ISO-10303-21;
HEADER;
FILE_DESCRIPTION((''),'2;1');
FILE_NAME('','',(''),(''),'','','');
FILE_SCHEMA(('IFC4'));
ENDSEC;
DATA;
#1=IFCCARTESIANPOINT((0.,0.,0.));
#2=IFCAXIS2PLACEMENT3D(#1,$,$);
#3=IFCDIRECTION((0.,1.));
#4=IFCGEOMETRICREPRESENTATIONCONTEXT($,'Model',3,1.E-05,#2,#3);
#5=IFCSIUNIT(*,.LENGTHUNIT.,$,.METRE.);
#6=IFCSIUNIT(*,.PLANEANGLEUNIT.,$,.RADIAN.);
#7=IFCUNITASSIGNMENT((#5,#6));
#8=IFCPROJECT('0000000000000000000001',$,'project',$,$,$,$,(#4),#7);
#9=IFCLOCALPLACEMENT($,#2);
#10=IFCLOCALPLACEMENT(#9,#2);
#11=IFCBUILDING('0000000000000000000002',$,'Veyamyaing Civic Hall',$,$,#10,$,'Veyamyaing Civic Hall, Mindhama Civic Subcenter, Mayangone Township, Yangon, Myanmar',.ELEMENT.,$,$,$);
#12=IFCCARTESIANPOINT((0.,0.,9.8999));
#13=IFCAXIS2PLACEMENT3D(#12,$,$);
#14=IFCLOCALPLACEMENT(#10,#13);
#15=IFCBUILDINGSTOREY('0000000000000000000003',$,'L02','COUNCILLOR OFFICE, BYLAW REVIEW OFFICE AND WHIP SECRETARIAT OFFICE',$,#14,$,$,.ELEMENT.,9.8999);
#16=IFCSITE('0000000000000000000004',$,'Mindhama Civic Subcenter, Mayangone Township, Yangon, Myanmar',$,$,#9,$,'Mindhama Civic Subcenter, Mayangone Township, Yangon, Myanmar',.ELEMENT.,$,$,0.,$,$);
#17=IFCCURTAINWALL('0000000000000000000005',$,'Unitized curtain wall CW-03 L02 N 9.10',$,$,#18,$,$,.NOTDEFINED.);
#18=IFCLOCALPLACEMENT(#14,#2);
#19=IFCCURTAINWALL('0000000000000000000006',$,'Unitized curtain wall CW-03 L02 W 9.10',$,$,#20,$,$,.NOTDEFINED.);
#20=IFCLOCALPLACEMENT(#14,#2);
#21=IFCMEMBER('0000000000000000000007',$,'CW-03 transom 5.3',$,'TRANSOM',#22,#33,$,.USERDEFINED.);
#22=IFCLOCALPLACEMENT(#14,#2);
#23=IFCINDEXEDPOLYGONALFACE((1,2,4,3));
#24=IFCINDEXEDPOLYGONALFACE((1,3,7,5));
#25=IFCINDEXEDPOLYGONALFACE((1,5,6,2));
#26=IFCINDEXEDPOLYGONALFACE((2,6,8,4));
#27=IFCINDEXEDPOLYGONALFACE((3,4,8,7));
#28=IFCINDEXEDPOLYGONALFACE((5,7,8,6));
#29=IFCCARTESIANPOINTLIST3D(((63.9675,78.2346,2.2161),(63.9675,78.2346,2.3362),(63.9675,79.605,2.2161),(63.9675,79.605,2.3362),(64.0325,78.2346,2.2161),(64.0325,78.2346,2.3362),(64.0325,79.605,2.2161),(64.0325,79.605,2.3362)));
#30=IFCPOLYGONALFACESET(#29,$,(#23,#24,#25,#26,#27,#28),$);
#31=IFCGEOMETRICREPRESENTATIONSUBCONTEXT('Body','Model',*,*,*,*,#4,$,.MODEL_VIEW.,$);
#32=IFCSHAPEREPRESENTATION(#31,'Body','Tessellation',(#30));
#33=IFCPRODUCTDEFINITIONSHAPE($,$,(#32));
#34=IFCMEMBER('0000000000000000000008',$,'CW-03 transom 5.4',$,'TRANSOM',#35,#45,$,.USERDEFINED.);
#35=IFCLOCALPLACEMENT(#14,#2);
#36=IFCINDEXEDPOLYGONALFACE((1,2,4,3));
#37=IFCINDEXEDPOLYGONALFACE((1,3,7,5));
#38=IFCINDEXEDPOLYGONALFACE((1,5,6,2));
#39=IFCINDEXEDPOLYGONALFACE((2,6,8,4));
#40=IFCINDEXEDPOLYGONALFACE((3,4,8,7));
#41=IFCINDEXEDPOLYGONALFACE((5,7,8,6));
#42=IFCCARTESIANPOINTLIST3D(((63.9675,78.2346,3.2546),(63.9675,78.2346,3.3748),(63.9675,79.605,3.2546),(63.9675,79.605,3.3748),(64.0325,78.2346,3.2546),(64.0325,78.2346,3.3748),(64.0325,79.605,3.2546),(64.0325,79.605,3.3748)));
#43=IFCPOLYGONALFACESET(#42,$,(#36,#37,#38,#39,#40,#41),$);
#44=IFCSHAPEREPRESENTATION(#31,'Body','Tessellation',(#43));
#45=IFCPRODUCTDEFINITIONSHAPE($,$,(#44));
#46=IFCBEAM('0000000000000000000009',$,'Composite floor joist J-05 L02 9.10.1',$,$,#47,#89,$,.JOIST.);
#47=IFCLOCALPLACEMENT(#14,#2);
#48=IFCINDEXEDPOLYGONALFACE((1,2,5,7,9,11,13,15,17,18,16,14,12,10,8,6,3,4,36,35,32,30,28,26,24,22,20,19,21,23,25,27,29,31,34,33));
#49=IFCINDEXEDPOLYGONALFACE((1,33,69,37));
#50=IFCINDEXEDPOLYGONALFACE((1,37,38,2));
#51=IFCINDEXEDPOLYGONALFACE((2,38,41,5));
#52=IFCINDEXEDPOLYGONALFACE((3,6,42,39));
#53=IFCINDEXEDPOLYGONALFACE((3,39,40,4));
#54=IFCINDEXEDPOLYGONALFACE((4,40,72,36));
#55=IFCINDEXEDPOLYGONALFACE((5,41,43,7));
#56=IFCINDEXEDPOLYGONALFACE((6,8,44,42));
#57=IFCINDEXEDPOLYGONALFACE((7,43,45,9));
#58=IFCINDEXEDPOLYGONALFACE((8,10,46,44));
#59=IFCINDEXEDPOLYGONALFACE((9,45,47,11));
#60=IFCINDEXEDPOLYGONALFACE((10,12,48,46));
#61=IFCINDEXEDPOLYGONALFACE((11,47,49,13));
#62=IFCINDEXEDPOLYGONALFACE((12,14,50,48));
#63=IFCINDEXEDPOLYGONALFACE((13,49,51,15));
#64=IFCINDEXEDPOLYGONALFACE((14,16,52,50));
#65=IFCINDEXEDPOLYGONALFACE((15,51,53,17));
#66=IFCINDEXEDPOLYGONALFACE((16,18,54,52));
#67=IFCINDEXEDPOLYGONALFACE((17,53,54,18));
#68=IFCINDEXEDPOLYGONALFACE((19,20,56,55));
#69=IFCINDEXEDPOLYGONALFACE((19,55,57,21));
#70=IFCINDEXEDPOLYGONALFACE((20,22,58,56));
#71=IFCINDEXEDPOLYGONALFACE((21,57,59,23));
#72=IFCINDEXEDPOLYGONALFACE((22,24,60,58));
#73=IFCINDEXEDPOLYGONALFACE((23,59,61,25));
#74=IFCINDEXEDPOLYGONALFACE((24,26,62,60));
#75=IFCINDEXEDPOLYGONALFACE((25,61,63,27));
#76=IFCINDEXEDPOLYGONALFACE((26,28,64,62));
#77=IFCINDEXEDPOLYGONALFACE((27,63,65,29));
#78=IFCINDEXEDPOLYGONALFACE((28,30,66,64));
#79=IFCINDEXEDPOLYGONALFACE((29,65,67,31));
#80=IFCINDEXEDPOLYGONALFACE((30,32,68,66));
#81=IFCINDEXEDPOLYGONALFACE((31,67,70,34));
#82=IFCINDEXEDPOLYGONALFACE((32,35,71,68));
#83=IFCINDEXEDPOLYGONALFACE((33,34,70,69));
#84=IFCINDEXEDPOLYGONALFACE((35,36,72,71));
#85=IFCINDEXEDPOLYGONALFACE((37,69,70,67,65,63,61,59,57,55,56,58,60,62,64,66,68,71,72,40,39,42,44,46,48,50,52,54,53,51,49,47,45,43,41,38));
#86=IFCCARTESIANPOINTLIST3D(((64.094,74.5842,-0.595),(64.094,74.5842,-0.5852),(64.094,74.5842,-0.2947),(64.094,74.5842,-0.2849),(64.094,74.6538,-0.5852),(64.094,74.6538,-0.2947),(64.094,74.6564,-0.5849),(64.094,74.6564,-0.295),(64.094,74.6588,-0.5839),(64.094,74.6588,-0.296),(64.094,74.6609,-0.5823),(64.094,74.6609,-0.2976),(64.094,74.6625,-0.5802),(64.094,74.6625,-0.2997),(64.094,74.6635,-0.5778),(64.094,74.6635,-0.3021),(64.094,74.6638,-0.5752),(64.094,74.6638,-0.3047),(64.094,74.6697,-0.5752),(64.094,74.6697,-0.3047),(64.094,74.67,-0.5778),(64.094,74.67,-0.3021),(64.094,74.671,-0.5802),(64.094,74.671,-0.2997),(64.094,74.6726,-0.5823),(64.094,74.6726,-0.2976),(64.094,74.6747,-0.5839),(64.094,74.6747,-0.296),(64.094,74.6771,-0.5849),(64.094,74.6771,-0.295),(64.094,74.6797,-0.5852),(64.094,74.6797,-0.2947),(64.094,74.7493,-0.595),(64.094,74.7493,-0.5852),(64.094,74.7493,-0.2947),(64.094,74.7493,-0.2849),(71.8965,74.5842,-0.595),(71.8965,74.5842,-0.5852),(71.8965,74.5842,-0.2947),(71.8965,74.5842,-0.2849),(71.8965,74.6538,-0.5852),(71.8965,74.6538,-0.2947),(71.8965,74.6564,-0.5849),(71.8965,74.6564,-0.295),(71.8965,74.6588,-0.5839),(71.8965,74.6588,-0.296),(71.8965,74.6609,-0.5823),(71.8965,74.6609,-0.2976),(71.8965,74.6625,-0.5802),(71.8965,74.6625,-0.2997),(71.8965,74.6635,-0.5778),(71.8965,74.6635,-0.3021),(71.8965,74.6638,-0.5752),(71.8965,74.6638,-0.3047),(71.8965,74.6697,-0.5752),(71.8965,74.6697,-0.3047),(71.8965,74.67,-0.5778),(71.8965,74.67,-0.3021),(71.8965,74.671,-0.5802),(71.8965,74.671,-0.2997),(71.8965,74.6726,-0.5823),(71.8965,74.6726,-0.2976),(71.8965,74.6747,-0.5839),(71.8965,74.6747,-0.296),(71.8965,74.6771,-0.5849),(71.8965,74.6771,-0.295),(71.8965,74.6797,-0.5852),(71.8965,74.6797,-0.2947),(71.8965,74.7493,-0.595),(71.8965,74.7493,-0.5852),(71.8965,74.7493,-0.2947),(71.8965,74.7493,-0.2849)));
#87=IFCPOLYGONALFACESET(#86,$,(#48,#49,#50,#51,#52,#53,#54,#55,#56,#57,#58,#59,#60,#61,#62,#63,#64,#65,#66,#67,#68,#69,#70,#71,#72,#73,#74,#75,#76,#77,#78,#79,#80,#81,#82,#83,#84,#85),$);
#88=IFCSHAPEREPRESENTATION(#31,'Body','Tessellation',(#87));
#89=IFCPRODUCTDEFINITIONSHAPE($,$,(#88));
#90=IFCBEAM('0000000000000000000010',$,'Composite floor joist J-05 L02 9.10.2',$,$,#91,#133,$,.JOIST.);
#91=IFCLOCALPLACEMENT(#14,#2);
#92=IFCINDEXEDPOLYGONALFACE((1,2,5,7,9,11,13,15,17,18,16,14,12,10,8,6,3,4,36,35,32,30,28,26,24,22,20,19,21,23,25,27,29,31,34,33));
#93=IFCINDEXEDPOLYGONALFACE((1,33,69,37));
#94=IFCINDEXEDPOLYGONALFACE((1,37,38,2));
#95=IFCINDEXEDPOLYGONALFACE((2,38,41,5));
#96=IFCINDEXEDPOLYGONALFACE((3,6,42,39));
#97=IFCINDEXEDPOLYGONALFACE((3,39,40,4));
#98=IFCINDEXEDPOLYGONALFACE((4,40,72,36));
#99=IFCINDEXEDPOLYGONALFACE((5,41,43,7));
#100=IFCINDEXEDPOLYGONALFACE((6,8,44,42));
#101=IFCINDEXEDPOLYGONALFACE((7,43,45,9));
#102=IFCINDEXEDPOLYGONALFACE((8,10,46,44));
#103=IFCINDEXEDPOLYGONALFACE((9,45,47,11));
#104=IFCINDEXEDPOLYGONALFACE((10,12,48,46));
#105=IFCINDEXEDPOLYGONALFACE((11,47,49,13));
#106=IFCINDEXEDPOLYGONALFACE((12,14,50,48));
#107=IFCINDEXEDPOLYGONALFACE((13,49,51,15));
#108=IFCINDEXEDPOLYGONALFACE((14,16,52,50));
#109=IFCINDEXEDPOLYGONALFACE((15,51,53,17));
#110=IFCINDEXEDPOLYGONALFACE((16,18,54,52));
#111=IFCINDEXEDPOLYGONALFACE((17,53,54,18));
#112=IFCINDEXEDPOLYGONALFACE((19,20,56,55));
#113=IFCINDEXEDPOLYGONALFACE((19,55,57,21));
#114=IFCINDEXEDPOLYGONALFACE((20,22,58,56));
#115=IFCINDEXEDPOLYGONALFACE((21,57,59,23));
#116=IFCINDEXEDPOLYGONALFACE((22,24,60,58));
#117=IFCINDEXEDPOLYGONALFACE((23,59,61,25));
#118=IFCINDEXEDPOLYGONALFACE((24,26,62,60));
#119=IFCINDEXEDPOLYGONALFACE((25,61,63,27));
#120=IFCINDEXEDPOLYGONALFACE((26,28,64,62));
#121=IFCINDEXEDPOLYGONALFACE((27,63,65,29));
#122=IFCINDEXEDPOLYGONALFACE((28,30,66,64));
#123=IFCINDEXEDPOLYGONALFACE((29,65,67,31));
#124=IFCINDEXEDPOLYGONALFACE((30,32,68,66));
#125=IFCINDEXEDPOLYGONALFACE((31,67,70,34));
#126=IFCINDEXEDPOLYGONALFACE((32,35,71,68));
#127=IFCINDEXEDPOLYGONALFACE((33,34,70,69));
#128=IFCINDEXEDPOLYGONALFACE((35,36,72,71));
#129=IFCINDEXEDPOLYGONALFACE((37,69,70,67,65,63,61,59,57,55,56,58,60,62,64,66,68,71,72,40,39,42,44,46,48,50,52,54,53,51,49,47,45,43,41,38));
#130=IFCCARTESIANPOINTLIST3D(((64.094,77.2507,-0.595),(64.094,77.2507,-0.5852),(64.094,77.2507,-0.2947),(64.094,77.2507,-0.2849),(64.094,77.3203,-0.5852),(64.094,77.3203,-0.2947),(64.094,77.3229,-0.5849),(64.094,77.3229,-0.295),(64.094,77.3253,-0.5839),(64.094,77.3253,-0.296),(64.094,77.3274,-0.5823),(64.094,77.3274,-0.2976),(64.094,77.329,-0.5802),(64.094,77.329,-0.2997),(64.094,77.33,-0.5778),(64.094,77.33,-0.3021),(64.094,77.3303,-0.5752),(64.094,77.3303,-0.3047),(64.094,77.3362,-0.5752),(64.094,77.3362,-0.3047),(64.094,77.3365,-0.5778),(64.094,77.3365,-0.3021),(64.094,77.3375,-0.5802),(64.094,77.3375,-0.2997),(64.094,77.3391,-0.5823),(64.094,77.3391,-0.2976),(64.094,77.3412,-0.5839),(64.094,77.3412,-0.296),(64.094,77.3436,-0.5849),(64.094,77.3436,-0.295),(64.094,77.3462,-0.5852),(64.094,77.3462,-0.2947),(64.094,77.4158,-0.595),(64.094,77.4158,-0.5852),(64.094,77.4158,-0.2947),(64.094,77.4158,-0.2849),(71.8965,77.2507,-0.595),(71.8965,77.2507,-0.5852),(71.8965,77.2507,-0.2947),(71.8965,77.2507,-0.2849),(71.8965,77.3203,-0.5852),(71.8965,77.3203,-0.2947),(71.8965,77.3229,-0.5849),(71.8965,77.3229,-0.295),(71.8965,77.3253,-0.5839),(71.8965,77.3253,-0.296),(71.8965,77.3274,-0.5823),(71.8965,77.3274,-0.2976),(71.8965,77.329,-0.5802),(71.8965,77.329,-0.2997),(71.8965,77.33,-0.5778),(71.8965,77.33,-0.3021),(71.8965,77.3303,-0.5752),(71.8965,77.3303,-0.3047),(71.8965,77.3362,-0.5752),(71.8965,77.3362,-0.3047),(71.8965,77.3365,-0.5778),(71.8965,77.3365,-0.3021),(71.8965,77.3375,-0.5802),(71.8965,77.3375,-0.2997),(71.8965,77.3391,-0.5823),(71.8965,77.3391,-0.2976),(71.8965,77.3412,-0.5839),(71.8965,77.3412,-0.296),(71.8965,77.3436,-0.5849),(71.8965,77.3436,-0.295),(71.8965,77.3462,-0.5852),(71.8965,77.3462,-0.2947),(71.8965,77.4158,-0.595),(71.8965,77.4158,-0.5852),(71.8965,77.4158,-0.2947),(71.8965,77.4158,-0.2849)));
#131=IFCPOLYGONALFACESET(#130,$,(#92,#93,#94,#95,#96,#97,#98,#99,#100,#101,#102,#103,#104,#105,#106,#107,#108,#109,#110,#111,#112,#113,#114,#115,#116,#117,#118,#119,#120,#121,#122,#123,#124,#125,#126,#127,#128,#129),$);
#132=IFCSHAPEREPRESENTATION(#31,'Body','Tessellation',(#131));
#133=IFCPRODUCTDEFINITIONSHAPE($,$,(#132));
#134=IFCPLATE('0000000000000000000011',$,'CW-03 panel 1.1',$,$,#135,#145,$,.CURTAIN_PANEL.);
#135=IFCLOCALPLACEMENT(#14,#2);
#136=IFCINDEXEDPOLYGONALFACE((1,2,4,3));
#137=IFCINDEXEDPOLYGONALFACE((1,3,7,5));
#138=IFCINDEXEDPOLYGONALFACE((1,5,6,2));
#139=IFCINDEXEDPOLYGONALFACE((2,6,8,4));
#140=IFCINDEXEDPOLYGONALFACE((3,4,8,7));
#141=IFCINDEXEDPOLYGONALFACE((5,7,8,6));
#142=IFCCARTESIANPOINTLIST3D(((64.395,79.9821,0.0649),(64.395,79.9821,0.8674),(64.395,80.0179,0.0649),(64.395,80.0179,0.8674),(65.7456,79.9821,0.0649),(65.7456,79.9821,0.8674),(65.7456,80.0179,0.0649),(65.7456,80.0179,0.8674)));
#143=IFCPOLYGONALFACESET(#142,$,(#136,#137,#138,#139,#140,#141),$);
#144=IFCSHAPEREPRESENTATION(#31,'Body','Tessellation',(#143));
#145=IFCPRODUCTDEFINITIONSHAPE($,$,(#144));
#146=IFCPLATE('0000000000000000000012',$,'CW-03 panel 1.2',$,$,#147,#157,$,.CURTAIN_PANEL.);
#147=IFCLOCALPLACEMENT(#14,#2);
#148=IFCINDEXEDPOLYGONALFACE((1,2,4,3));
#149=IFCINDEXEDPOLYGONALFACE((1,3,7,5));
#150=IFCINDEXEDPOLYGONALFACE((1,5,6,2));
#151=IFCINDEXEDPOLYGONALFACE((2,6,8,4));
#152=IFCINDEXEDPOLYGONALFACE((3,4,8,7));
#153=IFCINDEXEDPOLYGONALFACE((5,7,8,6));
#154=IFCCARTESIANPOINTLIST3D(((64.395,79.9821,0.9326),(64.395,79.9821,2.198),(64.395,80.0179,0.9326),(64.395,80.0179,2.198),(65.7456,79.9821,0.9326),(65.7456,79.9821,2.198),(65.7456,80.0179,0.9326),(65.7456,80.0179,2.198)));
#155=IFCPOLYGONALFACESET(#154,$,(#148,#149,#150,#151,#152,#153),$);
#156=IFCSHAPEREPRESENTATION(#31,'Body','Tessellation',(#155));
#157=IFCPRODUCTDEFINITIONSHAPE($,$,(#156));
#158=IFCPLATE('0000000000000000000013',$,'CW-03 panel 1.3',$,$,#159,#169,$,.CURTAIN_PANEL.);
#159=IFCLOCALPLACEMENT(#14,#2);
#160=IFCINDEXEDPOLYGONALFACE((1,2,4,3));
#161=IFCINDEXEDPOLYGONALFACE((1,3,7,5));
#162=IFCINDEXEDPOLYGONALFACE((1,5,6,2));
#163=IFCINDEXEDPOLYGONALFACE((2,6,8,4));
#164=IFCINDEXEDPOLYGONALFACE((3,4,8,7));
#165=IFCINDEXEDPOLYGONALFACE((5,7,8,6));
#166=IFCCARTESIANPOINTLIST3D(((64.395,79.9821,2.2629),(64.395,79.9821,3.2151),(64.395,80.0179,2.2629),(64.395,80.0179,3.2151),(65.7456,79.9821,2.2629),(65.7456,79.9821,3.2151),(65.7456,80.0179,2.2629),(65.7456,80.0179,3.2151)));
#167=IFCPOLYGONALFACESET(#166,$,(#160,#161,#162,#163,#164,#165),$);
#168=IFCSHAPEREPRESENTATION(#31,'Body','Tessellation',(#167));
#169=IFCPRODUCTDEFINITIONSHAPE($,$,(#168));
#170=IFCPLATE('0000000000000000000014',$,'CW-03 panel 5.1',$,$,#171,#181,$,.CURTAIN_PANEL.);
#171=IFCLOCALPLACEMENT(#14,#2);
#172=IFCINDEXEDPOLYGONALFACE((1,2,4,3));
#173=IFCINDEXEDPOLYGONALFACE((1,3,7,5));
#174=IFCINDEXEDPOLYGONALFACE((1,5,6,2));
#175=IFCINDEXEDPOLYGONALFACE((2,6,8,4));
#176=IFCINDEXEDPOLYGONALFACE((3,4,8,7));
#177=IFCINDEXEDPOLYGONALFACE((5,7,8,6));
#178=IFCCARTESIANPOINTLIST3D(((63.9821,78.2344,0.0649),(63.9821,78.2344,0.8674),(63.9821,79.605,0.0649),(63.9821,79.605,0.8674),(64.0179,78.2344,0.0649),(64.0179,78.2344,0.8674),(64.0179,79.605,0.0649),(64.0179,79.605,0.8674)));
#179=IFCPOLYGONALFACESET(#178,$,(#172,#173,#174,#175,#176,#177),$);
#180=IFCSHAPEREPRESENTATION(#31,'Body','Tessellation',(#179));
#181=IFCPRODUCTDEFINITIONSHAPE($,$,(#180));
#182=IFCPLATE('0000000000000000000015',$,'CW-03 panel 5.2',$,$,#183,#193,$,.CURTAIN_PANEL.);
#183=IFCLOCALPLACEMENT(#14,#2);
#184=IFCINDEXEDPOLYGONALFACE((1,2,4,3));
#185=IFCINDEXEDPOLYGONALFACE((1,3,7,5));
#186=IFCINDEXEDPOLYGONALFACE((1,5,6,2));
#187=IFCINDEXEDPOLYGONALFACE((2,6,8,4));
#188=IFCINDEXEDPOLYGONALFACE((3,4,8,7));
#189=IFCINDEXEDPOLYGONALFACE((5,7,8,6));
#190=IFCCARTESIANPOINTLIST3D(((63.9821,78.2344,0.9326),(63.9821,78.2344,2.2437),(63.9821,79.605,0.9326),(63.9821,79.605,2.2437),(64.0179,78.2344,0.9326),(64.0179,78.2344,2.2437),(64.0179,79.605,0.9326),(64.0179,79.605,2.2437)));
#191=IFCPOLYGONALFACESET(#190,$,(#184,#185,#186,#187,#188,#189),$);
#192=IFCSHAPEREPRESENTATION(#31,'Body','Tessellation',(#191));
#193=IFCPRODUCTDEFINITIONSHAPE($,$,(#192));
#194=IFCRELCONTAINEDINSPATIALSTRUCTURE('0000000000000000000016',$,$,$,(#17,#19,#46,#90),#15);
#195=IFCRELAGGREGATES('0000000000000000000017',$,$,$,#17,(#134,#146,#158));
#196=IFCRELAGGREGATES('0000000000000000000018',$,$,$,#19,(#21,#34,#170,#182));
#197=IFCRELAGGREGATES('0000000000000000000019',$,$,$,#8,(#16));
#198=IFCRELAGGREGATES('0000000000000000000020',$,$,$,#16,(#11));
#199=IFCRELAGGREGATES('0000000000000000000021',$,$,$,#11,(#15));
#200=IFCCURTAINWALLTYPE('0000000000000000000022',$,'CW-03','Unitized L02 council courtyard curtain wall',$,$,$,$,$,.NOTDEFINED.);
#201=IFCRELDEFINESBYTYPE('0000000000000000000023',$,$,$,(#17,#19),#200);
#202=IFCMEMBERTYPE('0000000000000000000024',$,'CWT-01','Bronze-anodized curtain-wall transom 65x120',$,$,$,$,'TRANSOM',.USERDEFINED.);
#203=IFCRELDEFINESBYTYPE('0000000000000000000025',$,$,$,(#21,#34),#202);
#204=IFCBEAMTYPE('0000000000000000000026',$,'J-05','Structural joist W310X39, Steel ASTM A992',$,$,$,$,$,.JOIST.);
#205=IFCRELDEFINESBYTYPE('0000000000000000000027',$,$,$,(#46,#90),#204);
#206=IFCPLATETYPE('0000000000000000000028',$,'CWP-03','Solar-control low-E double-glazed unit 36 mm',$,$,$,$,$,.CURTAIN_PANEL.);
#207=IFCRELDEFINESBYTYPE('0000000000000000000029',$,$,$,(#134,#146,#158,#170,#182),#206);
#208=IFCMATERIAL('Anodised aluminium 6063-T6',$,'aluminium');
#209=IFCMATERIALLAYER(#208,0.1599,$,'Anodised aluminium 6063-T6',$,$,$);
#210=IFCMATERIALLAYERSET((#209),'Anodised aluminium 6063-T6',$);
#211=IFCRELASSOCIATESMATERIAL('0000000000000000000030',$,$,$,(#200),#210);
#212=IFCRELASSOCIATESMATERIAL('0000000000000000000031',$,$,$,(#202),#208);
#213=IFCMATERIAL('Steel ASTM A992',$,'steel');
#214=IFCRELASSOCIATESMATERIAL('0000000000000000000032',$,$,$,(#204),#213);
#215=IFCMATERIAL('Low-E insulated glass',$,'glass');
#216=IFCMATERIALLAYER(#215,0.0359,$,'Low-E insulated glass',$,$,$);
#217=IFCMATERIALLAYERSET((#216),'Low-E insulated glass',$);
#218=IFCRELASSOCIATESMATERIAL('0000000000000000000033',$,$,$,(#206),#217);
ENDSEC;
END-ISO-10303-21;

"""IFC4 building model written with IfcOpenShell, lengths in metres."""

from ifc_helpers import new_model, si_unit, direction, frame, origin, origin_2d, place, context, subcontext, project, spatial, rectangle, i_section, extrude, material, layer, layer_set, material_profile, profile_set, type_object, element, aggregate, save


model = new_model("IFC4")

# Units and contexts
model_context = context("Model", 3, precision=1e-05, world=origin(), true_north=direction((0.0, 1.0)))
body_context = subcontext(model_context, "Body", "Model", "MODEL_VIEW")
ifc_project = project(units=[si_unit("LENGTHUNIT", "METRE"), si_unit("PLANEANGLEUNIT", "RADIAN")], contexts=[model_context])

# Site, building, storey
site_placement = place(None, origin())
site = spatial("IfcSite", under=ifc_project, at=site_placement, Name="Mindhama Civic Subcenter, Mayangone Township, Yangon, Myanmar", LongName="Mindhama Civic Subcenter, Mayangone Township, Yangon, Myanmar", CompositionType="ELEMENT", RefElevation=0.0)
building_placement = place(site_placement, origin())
building = spatial("IfcBuilding", under=site, at=building_placement, Name="Veyamyaing Civic Hall", LongName="Veyamyaing Civic Hall, Mindhama Civic Subcenter, Mayangone Township, Yangon, Myanmar", CompositionType="ELEMENT")
storey_placement = place(building_placement, frame((0.0, 0.0, 9.8999)))
storey = spatial("IfcBuildingStorey", under=building, at=storey_placement, Name="L02", Description="COUNCILLOR OFFICE, BYLAW REVIEW OFFICE AND WHIP SECRETARIAT OFFICE", CompositionType="ELEMENT", Elevation=9.8999)

# Shared definitions
ifc_material_1 = material(Name="Steel ASTM A992", Category="steel")

# Curtain wall
ifc_material_2 = material(Name="Anodised aluminium 6063-T6", Category="aluminium")
ifc_layer_1 = layer(ifc_material_2, 0.1599, Name="Anodised aluminium 6063-T6")
ifc_layer_set_1 = layer_set([ifc_layer_1], Name="Anodised aluminium 6063-T6")
curtain_wall_type = type_object("IfcCurtainWallType", Name="CW-03", Description="Unitized L02 council courtyard curtain wall", PredefinedType="NOTDEFINED", material=ifc_layer_set_1)
curtain_wall_1_placement = place(storey_placement, origin())
curtain_wall_1 = element("IfcCurtainWall", 1, at=curtain_wall_1_placement, inside=storey, type_object=curtain_wall_type, Name="Unitized curtain wall CW-03 L02 N 9.10", PredefinedType="NOTDEFINED")

# Curtain wall
curtain_wall_2_placement = place(storey_placement, origin())
curtain_wall_2 = element("IfcCurtainWall", 2, at=curtain_wall_2_placement, inside=storey, type_object=curtain_wall_type, Name="Unitized curtain wall CW-03 L02 W 9.10", PredefinedType="NOTDEFINED")

# Members
ifc_material_profile_1 = material_profile(ifc_material_2, rectangle(XDim=0.0649, YDim=0.1201, at=origin_2d()), Name="ALU-TRN-65X120")
ifc_profile_set_1 = profile_set([ifc_material_profile_1], Name="Anodised aluminium 6063-T6")
member_type_1 = type_object("IfcMemberType", Name="CWT-01", Description="Bronze-anodized curtain-wall transom 65x120", ElementType="TRANSOM", PredefinedType="USERDEFINED", material=ifc_profile_set_1)
member_1_placement = place(storey_placement, frame((64.0, 78.2346, 2.2761), z_axis=(0.0, 1.0, 0.0), x_axis=(-1.0, 0.0, 0.0)))
member_1 = element("IfcMember", 3, at=member_1_placement, type_object=member_type_1, Name="CW-03 transom 5.3", ObjectType="TRANSOM", PredefinedType="USERDEFINED", context=body_context, shape_type="SweptSolid", body=[
    extrude(rectangle(XDim=0.0649, YDim=0.1201, at=origin_2d()), origin(), (0.0, 0.0, 1.0), 1.3704),
])
member_2_placement = place(storey_placement, frame((64.0, 78.2346, 3.3147), z_axis=(0.0, 1.0, 0.0), x_axis=(-1.0, 0.0, 0.0)))
member_2 = element("IfcMember", 4, at=member_2_placement, type_object=member_type_1, Name="CW-03 transom 5.4", ObjectType="TRANSOM", PredefinedType="USERDEFINED", context=body_context, shape_type="SweptSolid", body=[
    extrude(rectangle(XDim=0.0649, YDim=0.1201, at=origin_2d()), origin(), (0.0, 0.0, 1.0), 1.3704),
])

# Beams
ifc_material_profile_2 = material_profile(ifc_material_1, i_section(OverallWidth=0.165, OverallDepth=0.3101, WebThickness=0.0059, FlangeThickness=0.0098, FilletRadius=0.01, at=origin_2d()), Name="W310X39")
ifc_profile_set_2 = profile_set([ifc_material_profile_2], Name="Steel ASTM A992")
beam_type_1 = type_object("IfcBeamType", Name="J-05", Description="Structural joist W310X39, Steel ASTM A992", PredefinedType="JOIST", material=ifc_profile_set_2)
for number, where, z_axis, x_axis, name in (
    (5, (64.094, 74.6667, -0.4399), (1.0, 0.0, 0.0), (0.0, 1.0, 0.0), "Composite floor joist J-05 L02 9.10.1"),
    (6, (64.094, 77.3333, -0.4399), (1.0, 0.0, 0.0), (0.0, 1.0, 0.0), "Composite floor joist J-05 L02 9.10.2"),
):
    element("IfcBeam", number, at=place(storey_placement, frame(where, z_axis=z_axis, x_axis=x_axis)), inside=storey, type_object=beam_type_1, Name=name, PredefinedType="JOIST", context=body_context, shape_type="SweptSolid", body=[
        extrude(i_section(OverallWidth=0.165, OverallDepth=0.3101, WebThickness=0.0059, FlangeThickness=0.0098, FilletRadius=0.01, at=origin_2d()), origin(), (0.0, 0.0, 1.0), 7.8025),
    ])

# Plates
ifc_material_3 = material(Name="Low-E insulated glass", Category="glass")
ifc_layer_2 = layer(ifc_material_3, 0.0359, Name="Low-E insulated glass")
ifc_layer_set_2 = layer_set([ifc_layer_2], Name="Low-E insulated glass")
plate_type = type_object("IfcPlateType", Name="CWP-03", Description="Solar-control low-E double-glazed unit 36 mm", PredefinedType="CURTAIN_PANEL", material=ifc_layer_set_2)
plate_1_placement = place(storey_placement, frame((65.0703, 80.0, 0.0649), z_axis=(0.0, 0.0, 1.0), x_axis=(1.0, 0.0, 0.0)))
plate_1 = element("IfcPlate", 7, at=plate_1_placement, type_object=plate_type, Name="CW-03 panel 1.1", PredefinedType="CURTAIN_PANEL", context=body_context, shape_type="SweptSolid", body=[
    extrude(rectangle(XDim=1.3506, YDim=0.0359, at=origin_2d()), origin(), (0.0, 0.0, 1.0), 0.8025),
])
plate_2_placement = place(storey_placement, frame((65.0703, 80.0, 0.9326), z_axis=(0.0, 0.0, 1.0), x_axis=(1.0, 0.0, 0.0)))
plate_2 = element("IfcPlate", 8, at=plate_2_placement, type_object=plate_type, Name="CW-03 panel 1.2", PredefinedType="CURTAIN_PANEL", context=body_context, shape_type="SweptSolid", body=[
    extrude(rectangle(XDim=1.3506, YDim=0.0359, at=origin_2d()), origin(), (0.0, 0.0, 1.0), 1.2654),
])
plate_3_placement = place(storey_placement, frame((65.0703, 80.0, 2.2629), z_axis=(0.0, 0.0, 1.0), x_axis=(1.0, 0.0, 0.0)))
plate_3 = element("IfcPlate", 9, at=plate_3_placement, type_object=plate_type, Name="CW-03 panel 1.3", PredefinedType="CURTAIN_PANEL", context=body_context, shape_type="SweptSolid", body=[
    extrude(rectangle(XDim=1.3506, YDim=0.0359, at=origin_2d()), origin(), (0.0, 0.0, 1.0), 0.9521),
])
aggregate(curtain_wall_1, [plate_1, plate_2, plate_3])
plate_4_placement = place(storey_placement, frame((64.0, 78.9197, 0.0649), z_axis=(0.0, 0.0, 1.0), x_axis=(0.0, 1.0, 0.0)))
plate_4 = element("IfcPlate", 10, at=plate_4_placement, type_object=plate_type, Name="CW-03 panel 5.1", PredefinedType="CURTAIN_PANEL", context=body_context, shape_type="SweptSolid", body=[
    extrude(rectangle(XDim=1.3706, YDim=0.0359, at=origin_2d()), origin(), (0.0, 0.0, 1.0), 0.8025),
])
plate_5_placement = place(storey_placement, frame((64.0, 78.9197, 0.9326), z_axis=(0.0, 0.0, 1.0), x_axis=(0.0, 1.0, 0.0)))
plate_5 = element("IfcPlate", 11, at=plate_5_placement, type_object=plate_type, Name="CW-03 panel 5.2", PredefinedType="CURTAIN_PANEL", context=body_context, shape_type="SweptSolid", body=[
    extrude(rectangle(XDim=1.3706, YDim=0.0359, at=origin_2d()), origin(), (0.0, 0.0, 1.0), 1.311),
])
aggregate(curtain_wall_2, [member_1, member_2, plate_4, plate_5])

save(model, "model.ifc")
